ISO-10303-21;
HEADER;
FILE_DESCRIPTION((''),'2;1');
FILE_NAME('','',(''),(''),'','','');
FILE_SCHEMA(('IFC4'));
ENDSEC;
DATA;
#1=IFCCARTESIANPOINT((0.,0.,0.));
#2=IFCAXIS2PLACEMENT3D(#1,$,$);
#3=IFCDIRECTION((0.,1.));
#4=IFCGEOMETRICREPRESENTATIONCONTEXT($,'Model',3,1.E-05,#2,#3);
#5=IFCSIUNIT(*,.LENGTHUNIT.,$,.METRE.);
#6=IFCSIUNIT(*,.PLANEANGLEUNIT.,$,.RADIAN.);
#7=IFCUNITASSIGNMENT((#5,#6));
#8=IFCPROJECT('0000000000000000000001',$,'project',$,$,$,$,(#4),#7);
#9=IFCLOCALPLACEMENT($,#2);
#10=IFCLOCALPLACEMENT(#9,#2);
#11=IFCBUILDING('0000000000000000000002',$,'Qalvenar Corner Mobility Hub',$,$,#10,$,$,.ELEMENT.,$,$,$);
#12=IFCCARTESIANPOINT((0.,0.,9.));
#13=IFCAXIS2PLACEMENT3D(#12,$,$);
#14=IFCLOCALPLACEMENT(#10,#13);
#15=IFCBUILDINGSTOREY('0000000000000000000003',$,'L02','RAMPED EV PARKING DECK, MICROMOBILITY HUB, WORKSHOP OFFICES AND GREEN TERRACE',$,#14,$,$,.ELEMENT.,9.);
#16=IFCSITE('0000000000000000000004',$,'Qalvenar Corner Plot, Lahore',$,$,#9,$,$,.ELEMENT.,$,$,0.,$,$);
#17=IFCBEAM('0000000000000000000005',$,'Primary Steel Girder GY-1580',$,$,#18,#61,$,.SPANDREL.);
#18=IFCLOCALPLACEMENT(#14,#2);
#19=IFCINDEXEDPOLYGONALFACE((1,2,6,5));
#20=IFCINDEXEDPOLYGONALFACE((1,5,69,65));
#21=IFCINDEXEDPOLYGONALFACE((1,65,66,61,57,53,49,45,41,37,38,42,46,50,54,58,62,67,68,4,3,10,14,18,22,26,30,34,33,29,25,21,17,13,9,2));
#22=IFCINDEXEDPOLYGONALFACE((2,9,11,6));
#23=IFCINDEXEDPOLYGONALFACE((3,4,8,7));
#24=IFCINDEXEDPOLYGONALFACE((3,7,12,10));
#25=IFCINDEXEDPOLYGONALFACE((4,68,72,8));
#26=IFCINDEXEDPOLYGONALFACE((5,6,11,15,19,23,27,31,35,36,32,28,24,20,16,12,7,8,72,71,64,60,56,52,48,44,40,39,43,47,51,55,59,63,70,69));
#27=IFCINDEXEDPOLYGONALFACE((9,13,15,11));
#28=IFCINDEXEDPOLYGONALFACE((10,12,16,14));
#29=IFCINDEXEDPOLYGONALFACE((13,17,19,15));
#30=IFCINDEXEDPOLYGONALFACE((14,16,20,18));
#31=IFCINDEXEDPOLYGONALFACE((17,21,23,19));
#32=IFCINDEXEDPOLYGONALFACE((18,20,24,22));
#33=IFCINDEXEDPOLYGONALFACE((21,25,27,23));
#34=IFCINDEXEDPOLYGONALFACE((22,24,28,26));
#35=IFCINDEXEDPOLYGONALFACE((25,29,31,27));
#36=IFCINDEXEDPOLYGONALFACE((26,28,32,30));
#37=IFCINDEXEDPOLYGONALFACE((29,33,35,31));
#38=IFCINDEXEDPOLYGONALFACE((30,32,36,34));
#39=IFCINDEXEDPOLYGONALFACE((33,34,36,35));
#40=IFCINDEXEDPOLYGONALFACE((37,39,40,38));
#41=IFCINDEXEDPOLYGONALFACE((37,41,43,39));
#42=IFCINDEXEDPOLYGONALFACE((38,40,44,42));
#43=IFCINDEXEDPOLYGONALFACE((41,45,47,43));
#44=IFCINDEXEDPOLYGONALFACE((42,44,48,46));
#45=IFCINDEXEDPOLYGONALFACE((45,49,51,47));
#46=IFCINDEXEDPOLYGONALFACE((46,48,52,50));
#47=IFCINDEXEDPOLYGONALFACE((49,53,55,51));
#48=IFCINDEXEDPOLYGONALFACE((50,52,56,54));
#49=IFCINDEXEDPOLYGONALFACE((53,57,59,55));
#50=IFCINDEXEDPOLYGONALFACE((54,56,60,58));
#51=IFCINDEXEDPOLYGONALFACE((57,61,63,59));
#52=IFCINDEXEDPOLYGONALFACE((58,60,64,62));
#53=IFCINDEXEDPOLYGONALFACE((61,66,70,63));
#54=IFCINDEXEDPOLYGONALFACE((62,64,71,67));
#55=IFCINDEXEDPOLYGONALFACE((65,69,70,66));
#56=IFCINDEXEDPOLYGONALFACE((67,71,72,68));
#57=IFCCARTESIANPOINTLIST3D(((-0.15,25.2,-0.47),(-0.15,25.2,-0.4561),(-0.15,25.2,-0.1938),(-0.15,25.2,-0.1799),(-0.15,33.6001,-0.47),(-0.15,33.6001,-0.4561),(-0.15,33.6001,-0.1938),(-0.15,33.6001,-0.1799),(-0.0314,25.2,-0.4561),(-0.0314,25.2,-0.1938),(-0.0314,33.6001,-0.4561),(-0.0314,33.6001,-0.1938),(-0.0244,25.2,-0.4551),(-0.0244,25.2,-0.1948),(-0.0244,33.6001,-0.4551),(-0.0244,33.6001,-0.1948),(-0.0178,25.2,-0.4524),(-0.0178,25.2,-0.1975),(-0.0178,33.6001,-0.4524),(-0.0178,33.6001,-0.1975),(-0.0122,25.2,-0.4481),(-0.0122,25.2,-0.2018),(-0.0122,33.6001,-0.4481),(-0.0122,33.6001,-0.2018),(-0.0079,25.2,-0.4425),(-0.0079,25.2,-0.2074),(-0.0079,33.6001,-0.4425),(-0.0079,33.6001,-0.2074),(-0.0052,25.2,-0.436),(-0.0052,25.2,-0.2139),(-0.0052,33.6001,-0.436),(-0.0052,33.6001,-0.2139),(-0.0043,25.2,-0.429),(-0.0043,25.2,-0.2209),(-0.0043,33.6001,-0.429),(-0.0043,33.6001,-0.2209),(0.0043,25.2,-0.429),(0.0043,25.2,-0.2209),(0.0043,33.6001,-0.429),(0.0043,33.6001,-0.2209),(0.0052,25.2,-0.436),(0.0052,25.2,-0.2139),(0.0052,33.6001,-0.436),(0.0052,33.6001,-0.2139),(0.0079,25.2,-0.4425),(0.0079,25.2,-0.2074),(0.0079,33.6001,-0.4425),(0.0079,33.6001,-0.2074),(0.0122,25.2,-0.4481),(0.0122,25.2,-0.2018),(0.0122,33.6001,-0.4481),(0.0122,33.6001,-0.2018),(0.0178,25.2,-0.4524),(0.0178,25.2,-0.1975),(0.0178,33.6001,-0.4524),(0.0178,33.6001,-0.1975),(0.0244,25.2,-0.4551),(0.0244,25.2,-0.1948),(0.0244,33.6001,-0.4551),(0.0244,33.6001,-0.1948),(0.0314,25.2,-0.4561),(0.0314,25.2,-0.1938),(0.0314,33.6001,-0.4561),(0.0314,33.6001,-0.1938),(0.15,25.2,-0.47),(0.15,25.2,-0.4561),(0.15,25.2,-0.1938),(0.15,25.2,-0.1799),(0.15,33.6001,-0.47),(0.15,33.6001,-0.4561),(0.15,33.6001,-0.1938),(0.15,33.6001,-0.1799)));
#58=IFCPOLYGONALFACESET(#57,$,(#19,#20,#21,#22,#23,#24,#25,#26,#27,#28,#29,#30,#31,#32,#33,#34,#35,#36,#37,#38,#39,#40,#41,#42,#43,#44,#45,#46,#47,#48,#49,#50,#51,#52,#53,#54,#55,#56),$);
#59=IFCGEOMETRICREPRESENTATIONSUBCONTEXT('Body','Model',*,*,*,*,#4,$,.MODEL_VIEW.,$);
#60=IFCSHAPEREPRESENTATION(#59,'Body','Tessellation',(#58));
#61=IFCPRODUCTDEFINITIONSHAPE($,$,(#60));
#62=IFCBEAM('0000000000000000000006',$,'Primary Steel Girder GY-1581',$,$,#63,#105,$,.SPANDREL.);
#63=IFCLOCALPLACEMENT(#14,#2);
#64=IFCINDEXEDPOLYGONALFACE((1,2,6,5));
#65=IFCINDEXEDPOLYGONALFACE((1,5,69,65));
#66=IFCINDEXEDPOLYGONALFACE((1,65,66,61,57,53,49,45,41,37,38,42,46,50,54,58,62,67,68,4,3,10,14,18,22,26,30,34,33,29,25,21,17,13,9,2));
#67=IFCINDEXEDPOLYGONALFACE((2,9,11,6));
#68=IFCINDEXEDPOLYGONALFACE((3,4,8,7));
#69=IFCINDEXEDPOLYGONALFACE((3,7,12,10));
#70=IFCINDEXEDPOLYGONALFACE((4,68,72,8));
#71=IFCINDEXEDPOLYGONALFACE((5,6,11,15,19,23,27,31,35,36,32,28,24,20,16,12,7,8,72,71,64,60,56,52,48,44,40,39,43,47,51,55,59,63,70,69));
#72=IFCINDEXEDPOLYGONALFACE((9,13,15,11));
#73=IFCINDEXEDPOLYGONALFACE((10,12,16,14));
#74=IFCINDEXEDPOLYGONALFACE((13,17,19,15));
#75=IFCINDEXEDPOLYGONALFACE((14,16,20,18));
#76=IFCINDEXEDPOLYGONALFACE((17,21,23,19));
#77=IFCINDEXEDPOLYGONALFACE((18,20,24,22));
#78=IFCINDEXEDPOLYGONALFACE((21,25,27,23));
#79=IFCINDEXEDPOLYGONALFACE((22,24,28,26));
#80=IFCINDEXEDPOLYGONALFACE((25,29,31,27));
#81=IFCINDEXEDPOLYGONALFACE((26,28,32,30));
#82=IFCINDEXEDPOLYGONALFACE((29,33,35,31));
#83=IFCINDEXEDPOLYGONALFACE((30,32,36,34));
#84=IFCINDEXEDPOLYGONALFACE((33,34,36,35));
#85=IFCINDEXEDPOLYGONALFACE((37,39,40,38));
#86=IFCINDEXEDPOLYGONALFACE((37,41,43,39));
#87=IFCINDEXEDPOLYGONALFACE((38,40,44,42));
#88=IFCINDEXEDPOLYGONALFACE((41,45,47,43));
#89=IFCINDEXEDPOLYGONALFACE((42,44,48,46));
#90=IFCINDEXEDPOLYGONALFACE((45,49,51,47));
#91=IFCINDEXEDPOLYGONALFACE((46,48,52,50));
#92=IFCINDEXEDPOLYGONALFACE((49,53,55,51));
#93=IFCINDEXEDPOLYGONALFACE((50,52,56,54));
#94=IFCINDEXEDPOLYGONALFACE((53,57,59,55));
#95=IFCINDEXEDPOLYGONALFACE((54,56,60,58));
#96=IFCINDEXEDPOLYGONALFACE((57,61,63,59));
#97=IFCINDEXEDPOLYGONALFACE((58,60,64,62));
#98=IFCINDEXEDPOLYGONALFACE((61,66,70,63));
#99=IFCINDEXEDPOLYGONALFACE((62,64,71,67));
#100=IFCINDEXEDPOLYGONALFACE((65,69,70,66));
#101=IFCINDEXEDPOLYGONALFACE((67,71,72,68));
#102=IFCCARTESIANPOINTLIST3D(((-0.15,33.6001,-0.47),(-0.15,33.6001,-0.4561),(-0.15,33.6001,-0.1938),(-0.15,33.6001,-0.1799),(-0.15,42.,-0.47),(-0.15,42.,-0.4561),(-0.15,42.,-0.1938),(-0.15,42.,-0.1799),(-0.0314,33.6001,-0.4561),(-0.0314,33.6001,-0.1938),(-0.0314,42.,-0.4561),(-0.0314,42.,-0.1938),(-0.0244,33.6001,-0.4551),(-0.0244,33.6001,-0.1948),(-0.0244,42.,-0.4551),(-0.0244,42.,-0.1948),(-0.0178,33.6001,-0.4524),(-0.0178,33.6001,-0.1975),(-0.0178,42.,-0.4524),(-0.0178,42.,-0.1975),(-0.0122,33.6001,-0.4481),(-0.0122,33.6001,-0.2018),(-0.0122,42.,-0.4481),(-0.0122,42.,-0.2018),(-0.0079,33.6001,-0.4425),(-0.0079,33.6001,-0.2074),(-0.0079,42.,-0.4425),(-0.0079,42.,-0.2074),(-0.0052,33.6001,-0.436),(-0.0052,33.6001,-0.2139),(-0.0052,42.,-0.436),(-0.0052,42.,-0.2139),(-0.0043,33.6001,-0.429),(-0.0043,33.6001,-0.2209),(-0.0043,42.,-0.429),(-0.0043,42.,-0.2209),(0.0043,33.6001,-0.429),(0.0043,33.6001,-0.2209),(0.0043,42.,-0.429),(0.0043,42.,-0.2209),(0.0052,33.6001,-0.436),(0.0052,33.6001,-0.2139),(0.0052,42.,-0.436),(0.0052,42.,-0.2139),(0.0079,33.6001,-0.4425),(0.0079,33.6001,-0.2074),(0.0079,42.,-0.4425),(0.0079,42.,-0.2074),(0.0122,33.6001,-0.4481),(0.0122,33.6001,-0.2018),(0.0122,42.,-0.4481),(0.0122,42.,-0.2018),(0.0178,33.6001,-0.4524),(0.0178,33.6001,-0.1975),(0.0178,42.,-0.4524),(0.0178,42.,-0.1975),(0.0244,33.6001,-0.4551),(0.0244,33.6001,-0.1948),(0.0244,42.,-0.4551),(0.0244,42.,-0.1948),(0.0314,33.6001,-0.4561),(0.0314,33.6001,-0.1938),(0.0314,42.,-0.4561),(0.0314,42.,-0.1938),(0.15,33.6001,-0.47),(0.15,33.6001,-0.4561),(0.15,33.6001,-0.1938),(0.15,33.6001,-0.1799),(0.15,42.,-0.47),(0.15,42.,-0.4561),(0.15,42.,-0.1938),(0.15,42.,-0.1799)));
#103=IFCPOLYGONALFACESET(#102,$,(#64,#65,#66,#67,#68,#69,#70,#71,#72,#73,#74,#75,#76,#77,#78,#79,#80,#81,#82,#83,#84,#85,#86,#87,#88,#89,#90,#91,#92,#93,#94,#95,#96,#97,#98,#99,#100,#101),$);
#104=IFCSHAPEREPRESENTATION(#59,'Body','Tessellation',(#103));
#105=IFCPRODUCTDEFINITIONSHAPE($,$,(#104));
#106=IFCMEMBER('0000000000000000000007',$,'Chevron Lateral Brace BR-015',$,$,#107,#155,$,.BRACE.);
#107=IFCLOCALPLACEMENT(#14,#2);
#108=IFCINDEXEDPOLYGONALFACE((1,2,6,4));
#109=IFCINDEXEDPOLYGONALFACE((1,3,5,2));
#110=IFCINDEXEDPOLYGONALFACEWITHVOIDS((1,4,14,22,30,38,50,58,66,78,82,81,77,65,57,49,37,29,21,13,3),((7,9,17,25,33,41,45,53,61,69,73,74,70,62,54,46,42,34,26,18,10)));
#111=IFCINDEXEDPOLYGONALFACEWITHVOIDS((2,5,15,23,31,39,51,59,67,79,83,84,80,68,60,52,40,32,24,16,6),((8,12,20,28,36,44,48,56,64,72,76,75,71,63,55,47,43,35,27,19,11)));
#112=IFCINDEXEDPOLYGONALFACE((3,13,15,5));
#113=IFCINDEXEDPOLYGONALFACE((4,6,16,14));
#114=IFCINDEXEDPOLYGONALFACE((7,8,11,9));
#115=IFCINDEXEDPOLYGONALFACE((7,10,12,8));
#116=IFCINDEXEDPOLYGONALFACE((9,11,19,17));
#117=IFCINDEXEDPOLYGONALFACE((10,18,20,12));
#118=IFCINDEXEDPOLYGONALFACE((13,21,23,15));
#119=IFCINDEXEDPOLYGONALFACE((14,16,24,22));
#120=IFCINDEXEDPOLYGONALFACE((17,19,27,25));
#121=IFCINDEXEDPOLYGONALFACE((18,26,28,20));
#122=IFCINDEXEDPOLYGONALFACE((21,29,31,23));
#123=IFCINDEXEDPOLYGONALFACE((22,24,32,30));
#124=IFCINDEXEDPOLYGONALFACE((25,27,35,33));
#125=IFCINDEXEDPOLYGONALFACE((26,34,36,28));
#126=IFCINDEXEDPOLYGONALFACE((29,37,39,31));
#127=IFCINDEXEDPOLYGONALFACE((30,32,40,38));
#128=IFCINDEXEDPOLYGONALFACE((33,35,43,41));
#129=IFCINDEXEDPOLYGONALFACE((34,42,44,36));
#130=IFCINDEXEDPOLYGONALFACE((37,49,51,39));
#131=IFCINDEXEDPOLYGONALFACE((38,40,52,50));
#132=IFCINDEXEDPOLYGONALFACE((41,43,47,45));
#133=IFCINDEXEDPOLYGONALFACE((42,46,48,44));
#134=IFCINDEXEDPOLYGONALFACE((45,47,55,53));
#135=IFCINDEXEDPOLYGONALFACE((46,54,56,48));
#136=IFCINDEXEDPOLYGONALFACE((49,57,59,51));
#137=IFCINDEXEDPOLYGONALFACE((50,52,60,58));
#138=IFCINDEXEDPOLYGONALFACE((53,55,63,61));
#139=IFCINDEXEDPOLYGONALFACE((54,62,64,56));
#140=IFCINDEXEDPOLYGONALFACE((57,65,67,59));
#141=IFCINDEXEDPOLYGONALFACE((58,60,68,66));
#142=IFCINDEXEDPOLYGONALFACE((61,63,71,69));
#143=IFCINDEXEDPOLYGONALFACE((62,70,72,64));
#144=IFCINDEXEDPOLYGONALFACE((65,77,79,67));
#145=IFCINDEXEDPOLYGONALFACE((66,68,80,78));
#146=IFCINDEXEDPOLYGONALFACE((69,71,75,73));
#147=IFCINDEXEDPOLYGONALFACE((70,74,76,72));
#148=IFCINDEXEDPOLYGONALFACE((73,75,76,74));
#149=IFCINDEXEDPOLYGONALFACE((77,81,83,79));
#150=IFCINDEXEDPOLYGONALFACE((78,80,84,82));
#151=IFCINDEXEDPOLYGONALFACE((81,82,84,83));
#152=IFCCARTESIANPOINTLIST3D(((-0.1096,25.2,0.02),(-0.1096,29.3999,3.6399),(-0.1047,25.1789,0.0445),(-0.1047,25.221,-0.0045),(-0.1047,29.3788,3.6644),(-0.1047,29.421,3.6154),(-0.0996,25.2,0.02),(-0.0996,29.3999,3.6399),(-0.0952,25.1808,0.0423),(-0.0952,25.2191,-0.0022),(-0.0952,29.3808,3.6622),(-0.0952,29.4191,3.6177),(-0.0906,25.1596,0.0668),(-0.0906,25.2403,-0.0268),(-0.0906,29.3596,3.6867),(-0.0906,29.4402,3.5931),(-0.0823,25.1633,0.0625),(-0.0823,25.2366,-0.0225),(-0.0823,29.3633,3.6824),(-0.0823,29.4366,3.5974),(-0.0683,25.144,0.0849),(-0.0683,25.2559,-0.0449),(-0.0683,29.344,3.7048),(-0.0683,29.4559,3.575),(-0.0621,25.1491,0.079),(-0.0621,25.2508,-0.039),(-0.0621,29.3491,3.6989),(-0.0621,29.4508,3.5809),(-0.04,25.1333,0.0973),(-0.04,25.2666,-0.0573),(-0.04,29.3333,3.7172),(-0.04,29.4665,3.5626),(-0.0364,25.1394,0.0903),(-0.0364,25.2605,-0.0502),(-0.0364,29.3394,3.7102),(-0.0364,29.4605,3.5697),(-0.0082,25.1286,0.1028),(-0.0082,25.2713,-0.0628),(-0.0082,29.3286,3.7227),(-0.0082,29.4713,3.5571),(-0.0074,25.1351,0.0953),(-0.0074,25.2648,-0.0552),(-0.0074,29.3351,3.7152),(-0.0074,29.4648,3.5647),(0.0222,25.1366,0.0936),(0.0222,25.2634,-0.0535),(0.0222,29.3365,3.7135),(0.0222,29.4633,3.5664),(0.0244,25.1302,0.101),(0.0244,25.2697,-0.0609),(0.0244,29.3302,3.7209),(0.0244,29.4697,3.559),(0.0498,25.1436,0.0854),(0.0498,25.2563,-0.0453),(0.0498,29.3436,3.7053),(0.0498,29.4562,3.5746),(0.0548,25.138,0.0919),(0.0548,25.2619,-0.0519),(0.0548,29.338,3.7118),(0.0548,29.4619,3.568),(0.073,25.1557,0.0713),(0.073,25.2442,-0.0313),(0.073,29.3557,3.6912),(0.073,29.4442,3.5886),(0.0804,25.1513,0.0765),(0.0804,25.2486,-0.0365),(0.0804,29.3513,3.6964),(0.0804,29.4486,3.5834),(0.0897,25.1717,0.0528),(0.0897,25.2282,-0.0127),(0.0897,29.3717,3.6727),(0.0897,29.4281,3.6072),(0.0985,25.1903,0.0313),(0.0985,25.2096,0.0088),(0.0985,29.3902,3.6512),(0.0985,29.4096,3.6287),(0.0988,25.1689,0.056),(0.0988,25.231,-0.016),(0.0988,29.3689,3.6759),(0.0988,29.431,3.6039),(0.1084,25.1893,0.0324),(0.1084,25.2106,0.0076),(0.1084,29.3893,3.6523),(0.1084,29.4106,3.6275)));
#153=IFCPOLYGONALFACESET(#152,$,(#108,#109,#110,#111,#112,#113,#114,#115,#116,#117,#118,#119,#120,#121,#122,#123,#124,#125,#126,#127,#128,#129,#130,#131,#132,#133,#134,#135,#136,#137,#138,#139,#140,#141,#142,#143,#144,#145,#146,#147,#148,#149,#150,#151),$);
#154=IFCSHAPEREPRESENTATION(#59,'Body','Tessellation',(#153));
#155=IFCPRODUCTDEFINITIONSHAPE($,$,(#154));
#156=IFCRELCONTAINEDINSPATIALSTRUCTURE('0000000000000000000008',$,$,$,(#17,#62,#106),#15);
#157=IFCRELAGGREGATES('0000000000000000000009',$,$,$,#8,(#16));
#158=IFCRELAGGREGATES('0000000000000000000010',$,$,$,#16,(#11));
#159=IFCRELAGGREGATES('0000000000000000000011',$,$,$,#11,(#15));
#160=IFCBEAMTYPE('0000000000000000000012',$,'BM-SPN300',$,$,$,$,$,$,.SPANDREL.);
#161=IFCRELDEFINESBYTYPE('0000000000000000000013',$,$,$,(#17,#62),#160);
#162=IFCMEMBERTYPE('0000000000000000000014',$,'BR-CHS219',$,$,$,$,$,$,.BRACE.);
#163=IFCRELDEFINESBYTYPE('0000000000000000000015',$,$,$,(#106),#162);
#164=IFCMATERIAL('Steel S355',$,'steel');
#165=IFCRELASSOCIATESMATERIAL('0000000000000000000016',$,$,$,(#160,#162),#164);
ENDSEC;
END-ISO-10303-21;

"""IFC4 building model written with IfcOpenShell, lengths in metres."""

from ifc_helpers import new_model, si_unit, direction, frame, origin, origin_2d, place, context, subcontext, project, spatial, hollow_circle, i_section, extrude, material, material_profile, profile_set, type_object, element, save


model = new_model("IFC4")

# Units and contexts
model_context = context("Model", 3, precision=1e-05, world=origin(), true_north=direction((0.0, 1.0)))
body_context = subcontext(model_context, "Body", "Model", "MODEL_VIEW")
ifc_project = project(units=[si_unit("LENGTHUNIT", "METRE"), si_unit("PLANEANGLEUNIT", "RADIAN")], contexts=[model_context])

# Site, building, storey
site_placement = place(None, origin())
site = spatial("IfcSite", under=ifc_project, at=site_placement, Name="Qalvenar Corner Plot, Lahore", CompositionType="ELEMENT", RefElevation=0.0)
building_placement = place(site_placement, origin())
building = spatial("IfcBuilding", under=site, at=building_placement, Name="Qalvenar Corner Mobility Hub", CompositionType="ELEMENT")
storey_placement = place(building_placement, frame((0.0, 0.0, 9.0)))
storey = spatial("IfcBuildingStorey", under=building, at=storey_placement, Name="L02", Description="RAMPED EV PARKING DECK, MICROMOBILITY HUB, WORKSHOP OFFICES AND GREEN TERRACE", CompositionType="ELEMENT", Elevation=9.0)

# Shared definitions
ifc_material_1 = material(Name="Steel S355", Category="steel")

# Beams
ifc_material_profile_1 = material_profile(ifc_material_1, i_section(OverallWidth=0.3, OverallDepth=0.29, WebThickness=0.0085, FlangeThickness=0.0139, FilletRadius=0.0271, at=origin_2d()), Name="HEA300")
ifc_profile_set_1 = profile_set([ifc_material_profile_1], Name="Steel S355")
beam_type_1 = type_object("IfcBeamType", Name="BM-SPN300", PredefinedType="SPANDREL", material=ifc_profile_set_1)
beam_1_placement = place(storey_placement, frame((0.0, 25.2, -0.325), z_axis=(0.0, 1.0, 0.0), x_axis=(-1.0, 0.0, 0.0)))
element("IfcBeam", 1, at=beam_1_placement, inside=storey, type_object=beam_type_1, Name="Primary Steel Girder GY-1580", PredefinedType="SPANDREL", context=body_context, shape_type="SweptSolid", body=[
    extrude(i_section(OverallWidth=0.3, OverallDepth=0.29, WebThickness=0.0085, FlangeThickness=0.0139, FilletRadius=0.0271, at=origin_2d()), origin(), (0.0, 0.0, 1.0), 8.4001),
])
beam_2_placement = place(storey_placement, frame((0.0, 33.6001, -0.325), z_axis=(0.0, 1.0, 0.0), x_axis=(-1.0, 0.0, 0.0)))
element("IfcBeam", 2, at=beam_2_placement, inside=storey, type_object=beam_type_1, Name="Primary Steel Girder GY-1581", PredefinedType="SPANDREL", context=body_context, shape_type="SweptSolid", body=[
    extrude(i_section(OverallWidth=0.3, OverallDepth=0.29, WebThickness=0.0085, FlangeThickness=0.0139, FilletRadius=0.0271, at=origin_2d()), origin(), (0.0, 0.0, 1.0), 8.3999),
])

# Member
ifc_material_profile_2 = material_profile(ifc_material_1, hollow_circle(Radius=0.1096, WallThickness=0.01, at=origin_2d()), Name="CHS219.1x10")
ifc_profile_set_2 = profile_set([ifc_material_profile_2], Name="Steel S355")
member_type_1 = type_object("IfcMemberType", Name="BR-CHS219", PredefinedType="BRACE", material=ifc_profile_set_2)
member_1_placement = place(storey_placement, frame((0.0, 25.2, 0.02), z_axis=(0.0, 0.757479, 0.652859), x_axis=(-1.0, 0.0, 0.0)))
element("IfcMember", 3, at=member_1_placement, inside=storey, type_object=member_type_1, Name="Chevron Lateral Brace BR-015", PredefinedType="BRACE", context=body_context, shape_type="SweptSolid", body=[
    extrude(hollow_circle(Radius=0.1096, WallThickness=0.01, at=origin_2d()), origin(), (0.0, 0.0, 1.0), 5.5447),
])

save(model, "model.ifc")
